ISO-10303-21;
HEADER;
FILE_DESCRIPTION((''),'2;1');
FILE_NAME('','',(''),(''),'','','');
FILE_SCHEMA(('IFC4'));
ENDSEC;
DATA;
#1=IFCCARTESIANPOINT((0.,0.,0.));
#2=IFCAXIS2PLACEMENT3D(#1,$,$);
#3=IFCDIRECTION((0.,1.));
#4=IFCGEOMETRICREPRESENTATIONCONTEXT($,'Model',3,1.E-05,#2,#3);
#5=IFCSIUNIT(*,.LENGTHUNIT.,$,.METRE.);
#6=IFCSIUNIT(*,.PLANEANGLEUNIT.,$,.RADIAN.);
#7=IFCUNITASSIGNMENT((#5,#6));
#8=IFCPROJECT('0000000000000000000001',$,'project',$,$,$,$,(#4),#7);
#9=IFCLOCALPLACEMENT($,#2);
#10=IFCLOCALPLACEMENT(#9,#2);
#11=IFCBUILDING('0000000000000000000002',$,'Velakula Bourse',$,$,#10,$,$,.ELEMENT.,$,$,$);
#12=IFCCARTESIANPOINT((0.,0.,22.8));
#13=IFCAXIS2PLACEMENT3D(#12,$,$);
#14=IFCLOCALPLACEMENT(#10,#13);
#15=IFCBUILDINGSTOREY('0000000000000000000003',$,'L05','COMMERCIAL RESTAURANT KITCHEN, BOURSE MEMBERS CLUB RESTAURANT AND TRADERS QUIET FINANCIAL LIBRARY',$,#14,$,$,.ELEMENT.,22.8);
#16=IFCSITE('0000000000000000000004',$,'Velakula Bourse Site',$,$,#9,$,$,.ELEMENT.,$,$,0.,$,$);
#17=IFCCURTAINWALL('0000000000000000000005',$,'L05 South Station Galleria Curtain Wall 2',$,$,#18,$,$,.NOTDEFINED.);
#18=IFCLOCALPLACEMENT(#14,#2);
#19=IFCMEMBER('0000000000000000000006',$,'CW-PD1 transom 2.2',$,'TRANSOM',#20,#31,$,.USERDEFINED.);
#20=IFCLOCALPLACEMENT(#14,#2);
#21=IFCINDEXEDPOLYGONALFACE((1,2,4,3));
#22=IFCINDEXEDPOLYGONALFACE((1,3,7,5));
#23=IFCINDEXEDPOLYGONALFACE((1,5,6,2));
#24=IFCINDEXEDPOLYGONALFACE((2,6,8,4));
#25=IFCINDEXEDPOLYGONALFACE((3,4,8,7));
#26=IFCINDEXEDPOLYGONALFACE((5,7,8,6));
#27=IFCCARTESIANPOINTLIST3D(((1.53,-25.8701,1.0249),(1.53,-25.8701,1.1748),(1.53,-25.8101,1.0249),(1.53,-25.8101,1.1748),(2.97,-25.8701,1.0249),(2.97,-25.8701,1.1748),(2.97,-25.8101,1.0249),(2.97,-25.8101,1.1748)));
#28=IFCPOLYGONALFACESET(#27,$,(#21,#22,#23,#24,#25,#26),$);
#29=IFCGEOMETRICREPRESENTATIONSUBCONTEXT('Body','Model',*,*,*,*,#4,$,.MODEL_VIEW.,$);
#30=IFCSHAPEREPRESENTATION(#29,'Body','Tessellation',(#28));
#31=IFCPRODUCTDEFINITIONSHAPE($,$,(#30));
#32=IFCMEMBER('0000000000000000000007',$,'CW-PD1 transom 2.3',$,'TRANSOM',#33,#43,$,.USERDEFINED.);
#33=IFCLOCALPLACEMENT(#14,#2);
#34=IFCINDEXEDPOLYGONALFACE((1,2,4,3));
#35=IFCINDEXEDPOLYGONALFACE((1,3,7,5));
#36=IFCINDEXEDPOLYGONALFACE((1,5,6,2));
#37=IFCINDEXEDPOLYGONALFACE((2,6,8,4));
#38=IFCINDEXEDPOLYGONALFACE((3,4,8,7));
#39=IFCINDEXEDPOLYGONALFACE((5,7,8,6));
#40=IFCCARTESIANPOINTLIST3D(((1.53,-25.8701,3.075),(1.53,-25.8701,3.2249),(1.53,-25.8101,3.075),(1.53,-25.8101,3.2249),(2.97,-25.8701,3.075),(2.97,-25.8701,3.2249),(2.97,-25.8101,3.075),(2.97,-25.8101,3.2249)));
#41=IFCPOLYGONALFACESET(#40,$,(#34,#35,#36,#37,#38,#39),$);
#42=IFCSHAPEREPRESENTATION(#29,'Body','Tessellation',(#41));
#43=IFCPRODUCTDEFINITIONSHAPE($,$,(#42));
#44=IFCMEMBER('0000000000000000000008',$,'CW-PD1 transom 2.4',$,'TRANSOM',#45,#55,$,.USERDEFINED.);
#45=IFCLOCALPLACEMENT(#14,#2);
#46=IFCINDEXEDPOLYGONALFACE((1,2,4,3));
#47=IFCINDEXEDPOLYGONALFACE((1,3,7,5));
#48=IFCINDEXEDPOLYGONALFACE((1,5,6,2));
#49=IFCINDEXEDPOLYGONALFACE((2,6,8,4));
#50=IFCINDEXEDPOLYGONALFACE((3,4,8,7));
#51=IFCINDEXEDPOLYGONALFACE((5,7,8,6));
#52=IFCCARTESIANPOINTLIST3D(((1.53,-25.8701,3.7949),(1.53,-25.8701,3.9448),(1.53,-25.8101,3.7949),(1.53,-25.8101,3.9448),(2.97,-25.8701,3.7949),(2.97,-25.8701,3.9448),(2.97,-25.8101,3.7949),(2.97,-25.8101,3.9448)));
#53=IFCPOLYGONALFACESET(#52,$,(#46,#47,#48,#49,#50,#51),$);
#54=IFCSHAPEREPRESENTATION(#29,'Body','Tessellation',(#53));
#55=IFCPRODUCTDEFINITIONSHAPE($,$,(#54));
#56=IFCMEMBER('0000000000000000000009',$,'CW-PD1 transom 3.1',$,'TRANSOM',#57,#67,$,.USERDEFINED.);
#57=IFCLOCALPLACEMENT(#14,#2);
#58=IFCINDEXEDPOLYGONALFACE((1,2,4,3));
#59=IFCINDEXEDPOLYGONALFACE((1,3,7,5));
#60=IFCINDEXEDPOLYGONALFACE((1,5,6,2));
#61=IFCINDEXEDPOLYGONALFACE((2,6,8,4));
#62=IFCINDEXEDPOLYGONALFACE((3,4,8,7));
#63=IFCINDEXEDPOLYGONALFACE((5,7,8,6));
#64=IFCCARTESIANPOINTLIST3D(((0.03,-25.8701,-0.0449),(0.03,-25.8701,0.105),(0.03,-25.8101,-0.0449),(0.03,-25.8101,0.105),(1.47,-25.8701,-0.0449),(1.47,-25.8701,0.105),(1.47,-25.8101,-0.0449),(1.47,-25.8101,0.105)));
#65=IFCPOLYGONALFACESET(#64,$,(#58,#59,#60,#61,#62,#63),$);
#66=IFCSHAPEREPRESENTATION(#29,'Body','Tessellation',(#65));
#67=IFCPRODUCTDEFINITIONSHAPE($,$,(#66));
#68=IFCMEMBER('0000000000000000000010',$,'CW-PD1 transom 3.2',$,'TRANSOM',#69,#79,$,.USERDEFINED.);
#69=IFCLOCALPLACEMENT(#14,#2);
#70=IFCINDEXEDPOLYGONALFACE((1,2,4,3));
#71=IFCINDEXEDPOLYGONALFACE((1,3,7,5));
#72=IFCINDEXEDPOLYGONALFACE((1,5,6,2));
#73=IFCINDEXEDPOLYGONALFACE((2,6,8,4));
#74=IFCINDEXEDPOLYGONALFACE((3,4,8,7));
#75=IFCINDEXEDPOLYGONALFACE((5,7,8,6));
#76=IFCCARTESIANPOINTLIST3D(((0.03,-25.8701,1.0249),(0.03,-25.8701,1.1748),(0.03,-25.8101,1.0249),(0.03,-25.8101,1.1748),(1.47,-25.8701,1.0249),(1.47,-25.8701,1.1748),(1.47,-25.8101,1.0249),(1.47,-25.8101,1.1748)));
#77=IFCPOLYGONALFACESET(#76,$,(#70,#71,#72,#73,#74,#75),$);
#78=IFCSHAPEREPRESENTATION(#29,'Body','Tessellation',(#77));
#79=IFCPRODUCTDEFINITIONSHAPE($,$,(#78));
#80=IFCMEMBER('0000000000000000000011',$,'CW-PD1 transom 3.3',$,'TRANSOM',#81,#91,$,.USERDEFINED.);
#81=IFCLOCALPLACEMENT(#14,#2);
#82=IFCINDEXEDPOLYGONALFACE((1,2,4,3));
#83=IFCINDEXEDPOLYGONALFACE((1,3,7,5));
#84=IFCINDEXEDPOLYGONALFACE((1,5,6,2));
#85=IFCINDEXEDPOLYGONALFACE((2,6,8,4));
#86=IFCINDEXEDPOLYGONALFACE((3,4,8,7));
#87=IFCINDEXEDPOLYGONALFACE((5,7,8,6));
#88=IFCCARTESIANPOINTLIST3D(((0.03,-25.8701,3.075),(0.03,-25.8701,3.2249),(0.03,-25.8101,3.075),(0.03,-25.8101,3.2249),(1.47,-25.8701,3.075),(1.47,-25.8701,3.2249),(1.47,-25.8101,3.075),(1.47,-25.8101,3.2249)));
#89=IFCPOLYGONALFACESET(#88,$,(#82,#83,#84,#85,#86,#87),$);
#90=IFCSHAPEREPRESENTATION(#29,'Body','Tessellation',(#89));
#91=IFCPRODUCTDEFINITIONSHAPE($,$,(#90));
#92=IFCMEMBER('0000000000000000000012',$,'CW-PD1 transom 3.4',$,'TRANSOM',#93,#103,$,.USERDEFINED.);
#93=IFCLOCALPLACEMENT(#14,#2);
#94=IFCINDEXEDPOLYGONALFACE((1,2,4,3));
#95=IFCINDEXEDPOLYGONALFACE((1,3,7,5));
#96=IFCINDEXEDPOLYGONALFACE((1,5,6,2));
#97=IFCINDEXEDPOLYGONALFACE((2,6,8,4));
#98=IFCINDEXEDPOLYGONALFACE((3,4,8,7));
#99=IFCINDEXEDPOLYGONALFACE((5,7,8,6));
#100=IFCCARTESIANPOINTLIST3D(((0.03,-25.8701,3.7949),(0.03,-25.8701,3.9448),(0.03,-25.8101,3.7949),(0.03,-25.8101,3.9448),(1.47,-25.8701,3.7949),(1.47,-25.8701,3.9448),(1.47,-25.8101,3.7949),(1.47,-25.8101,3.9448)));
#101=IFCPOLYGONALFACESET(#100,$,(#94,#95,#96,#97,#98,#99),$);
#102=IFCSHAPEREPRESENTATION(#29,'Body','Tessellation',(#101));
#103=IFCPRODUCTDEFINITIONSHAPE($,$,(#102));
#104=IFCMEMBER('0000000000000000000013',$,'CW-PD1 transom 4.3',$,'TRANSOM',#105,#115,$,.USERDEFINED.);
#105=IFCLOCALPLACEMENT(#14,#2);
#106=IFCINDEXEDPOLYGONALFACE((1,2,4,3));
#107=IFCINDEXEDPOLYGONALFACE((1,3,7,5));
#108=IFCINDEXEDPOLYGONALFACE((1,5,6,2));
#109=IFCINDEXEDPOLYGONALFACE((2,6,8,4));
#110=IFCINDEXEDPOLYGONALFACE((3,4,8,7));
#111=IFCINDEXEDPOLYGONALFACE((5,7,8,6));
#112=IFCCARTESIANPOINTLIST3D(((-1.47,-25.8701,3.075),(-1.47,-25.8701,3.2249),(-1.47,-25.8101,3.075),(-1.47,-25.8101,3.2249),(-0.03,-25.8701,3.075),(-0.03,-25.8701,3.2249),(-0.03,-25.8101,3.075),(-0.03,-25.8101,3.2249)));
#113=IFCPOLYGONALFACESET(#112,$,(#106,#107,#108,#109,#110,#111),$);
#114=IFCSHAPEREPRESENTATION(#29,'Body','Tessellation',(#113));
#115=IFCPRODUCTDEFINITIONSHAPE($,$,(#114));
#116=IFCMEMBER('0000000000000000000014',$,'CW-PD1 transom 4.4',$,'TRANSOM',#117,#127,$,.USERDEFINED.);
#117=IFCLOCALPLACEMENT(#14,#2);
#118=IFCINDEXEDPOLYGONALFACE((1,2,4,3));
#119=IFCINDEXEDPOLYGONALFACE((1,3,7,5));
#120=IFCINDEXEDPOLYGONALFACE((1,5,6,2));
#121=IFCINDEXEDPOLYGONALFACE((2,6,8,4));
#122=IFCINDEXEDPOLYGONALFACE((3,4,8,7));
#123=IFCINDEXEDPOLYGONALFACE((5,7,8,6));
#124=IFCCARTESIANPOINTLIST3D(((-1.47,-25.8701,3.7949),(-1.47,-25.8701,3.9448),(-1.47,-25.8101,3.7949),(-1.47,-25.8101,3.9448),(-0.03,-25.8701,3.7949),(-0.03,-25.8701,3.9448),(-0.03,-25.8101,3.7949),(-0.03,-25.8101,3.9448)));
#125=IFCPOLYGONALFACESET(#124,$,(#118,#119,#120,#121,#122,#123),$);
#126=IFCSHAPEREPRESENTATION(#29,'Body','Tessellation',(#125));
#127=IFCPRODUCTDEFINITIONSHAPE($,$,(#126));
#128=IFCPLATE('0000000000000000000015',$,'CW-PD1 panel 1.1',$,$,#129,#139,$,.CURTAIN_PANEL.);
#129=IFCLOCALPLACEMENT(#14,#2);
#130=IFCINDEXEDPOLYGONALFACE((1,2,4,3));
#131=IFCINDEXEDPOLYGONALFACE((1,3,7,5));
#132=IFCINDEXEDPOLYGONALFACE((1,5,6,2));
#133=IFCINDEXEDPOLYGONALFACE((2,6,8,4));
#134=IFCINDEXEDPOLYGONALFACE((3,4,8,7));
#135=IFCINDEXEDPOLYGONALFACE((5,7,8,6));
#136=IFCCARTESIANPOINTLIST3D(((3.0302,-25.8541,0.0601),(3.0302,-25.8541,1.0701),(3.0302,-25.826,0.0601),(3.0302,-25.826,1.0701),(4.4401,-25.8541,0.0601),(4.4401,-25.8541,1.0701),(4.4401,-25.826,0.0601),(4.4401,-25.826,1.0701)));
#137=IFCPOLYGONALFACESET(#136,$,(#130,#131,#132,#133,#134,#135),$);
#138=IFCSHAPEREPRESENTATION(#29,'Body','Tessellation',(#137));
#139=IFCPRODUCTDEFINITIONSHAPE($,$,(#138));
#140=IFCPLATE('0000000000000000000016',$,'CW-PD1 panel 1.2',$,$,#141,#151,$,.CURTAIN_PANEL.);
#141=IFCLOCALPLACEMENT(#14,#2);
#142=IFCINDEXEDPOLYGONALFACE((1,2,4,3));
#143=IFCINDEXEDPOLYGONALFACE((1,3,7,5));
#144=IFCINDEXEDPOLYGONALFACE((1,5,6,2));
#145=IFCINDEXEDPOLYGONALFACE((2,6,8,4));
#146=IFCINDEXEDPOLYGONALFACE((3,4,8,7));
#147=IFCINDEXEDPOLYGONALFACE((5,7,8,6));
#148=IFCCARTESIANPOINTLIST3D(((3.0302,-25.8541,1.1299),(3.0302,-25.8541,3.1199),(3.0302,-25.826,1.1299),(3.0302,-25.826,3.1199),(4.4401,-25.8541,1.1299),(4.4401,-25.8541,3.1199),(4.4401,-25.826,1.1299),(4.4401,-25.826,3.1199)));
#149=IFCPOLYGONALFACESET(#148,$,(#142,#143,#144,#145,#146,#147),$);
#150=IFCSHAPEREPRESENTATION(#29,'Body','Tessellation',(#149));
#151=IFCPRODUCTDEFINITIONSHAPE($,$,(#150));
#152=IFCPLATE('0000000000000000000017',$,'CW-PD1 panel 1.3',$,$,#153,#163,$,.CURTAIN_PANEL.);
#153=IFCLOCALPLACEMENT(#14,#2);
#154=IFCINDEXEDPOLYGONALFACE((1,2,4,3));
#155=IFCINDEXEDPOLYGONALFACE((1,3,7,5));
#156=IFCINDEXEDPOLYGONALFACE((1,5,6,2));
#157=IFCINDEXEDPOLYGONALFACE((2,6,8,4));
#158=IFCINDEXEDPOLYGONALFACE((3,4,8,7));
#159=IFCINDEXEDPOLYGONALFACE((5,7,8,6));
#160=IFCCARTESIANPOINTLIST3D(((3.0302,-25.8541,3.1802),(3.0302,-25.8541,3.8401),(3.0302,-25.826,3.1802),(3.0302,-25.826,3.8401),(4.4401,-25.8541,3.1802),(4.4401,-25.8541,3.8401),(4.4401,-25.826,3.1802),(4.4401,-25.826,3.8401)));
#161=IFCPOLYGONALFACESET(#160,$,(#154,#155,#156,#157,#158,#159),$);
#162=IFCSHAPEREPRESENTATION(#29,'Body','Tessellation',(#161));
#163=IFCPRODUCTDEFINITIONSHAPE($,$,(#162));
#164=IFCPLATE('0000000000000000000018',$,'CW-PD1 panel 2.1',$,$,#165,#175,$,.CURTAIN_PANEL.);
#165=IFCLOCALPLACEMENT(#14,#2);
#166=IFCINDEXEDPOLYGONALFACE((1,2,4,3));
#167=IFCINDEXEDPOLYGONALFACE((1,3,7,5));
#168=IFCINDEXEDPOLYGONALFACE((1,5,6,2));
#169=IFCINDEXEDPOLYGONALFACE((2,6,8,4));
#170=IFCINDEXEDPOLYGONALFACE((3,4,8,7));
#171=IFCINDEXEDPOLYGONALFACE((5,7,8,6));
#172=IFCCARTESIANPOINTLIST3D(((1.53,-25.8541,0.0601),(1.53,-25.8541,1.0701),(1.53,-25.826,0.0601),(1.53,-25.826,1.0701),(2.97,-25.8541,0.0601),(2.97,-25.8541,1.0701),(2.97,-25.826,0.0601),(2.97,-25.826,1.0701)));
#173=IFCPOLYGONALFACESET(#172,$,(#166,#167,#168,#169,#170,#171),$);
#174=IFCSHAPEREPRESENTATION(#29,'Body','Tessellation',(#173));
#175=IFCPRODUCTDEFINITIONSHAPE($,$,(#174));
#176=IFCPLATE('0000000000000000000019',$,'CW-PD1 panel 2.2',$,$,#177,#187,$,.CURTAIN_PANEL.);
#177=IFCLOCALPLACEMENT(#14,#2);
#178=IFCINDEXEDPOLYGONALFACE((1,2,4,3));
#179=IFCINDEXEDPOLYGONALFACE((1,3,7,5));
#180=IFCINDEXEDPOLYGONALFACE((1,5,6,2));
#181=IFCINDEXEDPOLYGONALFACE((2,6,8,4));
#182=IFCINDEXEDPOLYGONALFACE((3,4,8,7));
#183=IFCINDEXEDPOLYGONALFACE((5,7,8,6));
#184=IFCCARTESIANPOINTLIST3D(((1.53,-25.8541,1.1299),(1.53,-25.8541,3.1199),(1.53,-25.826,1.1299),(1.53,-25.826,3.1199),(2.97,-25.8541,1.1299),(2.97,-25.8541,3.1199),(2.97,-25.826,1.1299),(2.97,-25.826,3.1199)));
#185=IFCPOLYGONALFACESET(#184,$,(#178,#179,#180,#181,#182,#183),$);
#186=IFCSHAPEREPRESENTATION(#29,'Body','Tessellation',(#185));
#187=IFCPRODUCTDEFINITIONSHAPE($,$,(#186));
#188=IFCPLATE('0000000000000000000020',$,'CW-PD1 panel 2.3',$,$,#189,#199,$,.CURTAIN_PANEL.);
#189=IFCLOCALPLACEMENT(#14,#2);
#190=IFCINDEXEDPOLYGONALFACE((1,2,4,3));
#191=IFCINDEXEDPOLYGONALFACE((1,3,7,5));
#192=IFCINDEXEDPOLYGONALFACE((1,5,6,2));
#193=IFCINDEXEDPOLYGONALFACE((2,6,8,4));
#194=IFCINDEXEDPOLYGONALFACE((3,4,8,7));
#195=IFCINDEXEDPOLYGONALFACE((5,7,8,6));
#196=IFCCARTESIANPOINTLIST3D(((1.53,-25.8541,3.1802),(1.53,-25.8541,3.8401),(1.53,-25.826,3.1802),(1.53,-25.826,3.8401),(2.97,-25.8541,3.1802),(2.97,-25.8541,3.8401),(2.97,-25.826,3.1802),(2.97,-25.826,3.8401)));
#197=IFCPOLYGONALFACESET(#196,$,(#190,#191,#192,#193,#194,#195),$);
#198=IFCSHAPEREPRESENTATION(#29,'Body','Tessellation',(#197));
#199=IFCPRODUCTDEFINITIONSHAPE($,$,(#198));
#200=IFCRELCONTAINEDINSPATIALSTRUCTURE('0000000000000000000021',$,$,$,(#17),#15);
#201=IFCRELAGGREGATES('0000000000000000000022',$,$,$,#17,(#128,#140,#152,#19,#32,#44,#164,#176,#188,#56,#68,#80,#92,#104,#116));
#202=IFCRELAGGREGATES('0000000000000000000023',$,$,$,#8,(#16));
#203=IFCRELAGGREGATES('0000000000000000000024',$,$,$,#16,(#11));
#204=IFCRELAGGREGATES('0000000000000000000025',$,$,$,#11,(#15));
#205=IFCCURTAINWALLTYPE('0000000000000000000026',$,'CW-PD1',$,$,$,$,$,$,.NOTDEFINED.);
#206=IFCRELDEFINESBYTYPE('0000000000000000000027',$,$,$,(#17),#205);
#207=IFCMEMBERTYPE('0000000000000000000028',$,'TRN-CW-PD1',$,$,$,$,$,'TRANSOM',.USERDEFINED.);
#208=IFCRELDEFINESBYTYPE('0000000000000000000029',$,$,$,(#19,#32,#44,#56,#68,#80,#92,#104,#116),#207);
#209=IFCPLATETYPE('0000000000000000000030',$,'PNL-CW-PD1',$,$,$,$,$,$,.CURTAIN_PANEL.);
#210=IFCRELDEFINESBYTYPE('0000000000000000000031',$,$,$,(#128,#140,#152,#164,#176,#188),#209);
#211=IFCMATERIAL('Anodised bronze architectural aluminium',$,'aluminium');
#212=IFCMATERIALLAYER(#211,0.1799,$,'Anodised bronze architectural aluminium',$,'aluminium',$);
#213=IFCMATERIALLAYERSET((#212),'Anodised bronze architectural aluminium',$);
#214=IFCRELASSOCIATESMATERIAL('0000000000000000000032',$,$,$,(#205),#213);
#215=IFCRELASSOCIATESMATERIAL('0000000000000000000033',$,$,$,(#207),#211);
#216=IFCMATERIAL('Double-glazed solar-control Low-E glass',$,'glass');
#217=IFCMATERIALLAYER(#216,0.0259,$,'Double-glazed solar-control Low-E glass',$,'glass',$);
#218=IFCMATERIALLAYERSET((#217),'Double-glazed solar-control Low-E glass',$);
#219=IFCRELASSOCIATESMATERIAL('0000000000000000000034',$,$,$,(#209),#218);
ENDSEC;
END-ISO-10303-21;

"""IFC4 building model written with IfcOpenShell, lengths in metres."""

from ifc_helpers import new_model, si_unit, direction, frame, origin, origin_2d, place, context, subcontext, project, spatial, rectangle, extrude, material, layer, layer_set, material_profile, profile_set, type_object, element, aggregate, save


model = new_model("IFC4")

# Units and contexts
model_context = context("Model", 3, precision=1e-05, world=origin(), true_north=direction((0.0, 1.0)))
body_context = subcontext(model_context, "Body", "Model", "MODEL_VIEW")
ifc_project = project(units=[si_unit("LENGTHUNIT", "METRE"), si_unit("PLANEANGLEUNIT", "RADIAN")], contexts=[model_context])

# Site, building, storey
site_placement = place(None, origin())
site = spatial("IfcSite", under=ifc_project, at=site_placement, Name="Velakula Bourse Site", CompositionType="ELEMENT", RefElevation=0.0)
building_placement = place(site_placement, origin())
building = spatial("IfcBuilding", under=site, at=building_placement, Name="Velakula Bourse", CompositionType="ELEMENT")
storey_placement = place(building_placement, frame((0.0, 0.0, 22.8)))
storey = spatial("IfcBuildingStorey", under=building, at=storey_placement, Name="L05", Description="COMMERCIAL RESTAURANT KITCHEN, BOURSE MEMBERS CLUB RESTAURANT AND TRADERS QUIET FINANCIAL LIBRARY", CompositionType="ELEMENT", Elevation=22.8)

# Curtain wall, members, plates
ifc_material_1 = material(Name="Anodised bronze architectural aluminium", Category="aluminium")
ifc_layer_1 = layer(ifc_material_1, 0.1799, Name="Anodised bronze architectural aluminium", Category="aluminium")
ifc_layer_set_1 = layer_set([ifc_layer_1], Name="Anodised bronze architectural aluminium")
curtain_wall_type = type_object("IfcCurtainWallType", Name="CW-PD1", PredefinedType="NOTDEFINED", material=ifc_layer_set_1)
curtain_wall_placement = place(storey_placement, origin())
curtain_wall = element("IfcCurtainWall", 1, at=curtain_wall_placement, inside=storey, type_object=curtain_wall_type, Name="L05 South Station Galleria Curtain Wall 2", PredefinedType="NOTDEFINED")
ifc_material_profile_1 = material_profile(ifc_material_1, rectangle(XDim=0.0601, YDim=0.1499, at=origin_2d()), Name="Anodised bronze architectural aluminium")
ifc_profile_set_1 = profile_set([ifc_material_profile_1], Name="Anodised bronze architectural aluminium")
member_type_1 = type_object("IfcMemberType", Name="TRN-CW-PD1", ElementType="TRANSOM", PredefinedType="USERDEFINED", material=ifc_profile_set_1)
member_1_placement = place(storey_placement, frame((2.97, -25.8401, 1.0999), z_axis=(-1.0, 0.0, 0.0), x_axis=(0.0, -1.0, 0.0)))
member_1 = element("IfcMember", 2, at=member_1_placement, type_object=member_type_1, Name="CW-PD1 transom 2.2", ObjectType="TRANSOM", PredefinedType="USERDEFINED", context=body_context, shape_type="SweptSolid", body=[
    extrude(rectangle(XDim=0.0601, YDim=0.1499, at=origin_2d()), origin(), (0.0, 0.0, 1.0), 1.4399),
])
member_2_placement = place(storey_placement, frame((2.97, -25.8401, 3.1499), z_axis=(-1.0, 0.0, 0.0), x_axis=(0.0, -1.0, 0.0)))
member_2 = element("IfcMember", 3, at=member_2_placement, type_object=member_type_1, Name="CW-PD1 transom 2.3", ObjectType="TRANSOM", PredefinedType="USERDEFINED", context=body_context, shape_type="SweptSolid", body=[
    extrude(rectangle(XDim=0.0601, YDim=0.1499, at=origin_2d()), origin(), (0.0, 0.0, 1.0), 1.4399),
])
member_3_placement = place(storey_placement, frame((2.97, -25.8401, 3.8699), z_axis=(-1.0, 0.0, 0.0), x_axis=(0.0, -1.0, 0.0)))
member_3 = element("IfcMember", 4, at=member_3_placement, type_object=member_type_1, Name="CW-PD1 transom 2.4", ObjectType="TRANSOM", PredefinedType="USERDEFINED", context=body_context, shape_type="SweptSolid", body=[
    extrude(rectangle(XDim=0.0601, YDim=0.1499, at=origin_2d()), origin(), (0.0, 0.0, 1.0), 1.4399),
])
member_4_placement = place(storey_placement, frame((1.47, -25.8401, 0.03), z_axis=(-1.0, 0.0, 0.0), x_axis=(0.0, -1.0, 0.0)))
member_4 = element("IfcMember", 5, at=member_4_placement, type_object=member_type_1, Name="CW-PD1 transom 3.1", ObjectType="TRANSOM", PredefinedType="USERDEFINED", context=body_context, shape_type="SweptSolid", body=[
    extrude(rectangle(XDim=0.0601, YDim=0.1499, at=origin_2d()), origin(), (0.0, 0.0, 1.0), 1.4399),
])
member_5_placement = place(storey_placement, frame((1.47, -25.8401, 1.0999), z_axis=(-1.0, 0.0, 0.0), x_axis=(0.0, -1.0, 0.0)))
member_5 = element("IfcMember", 6, at=member_5_placement, type_object=member_type_1, Name="CW-PD1 transom 3.2", ObjectType="TRANSOM", PredefinedType="USERDEFINED", context=body_context, shape_type="SweptSolid", body=[
    extrude(rectangle(XDim=0.0601, YDim=0.1499, at=origin_2d()), origin(), (0.0, 0.0, 1.0), 1.4399),
])
member_6_placement = place(storey_placement, frame((1.47, -25.8401, 3.1499), z_axis=(-1.0, 0.0, 0.0), x_axis=(0.0, -1.0, 0.0)))
member_6 = element("IfcMember", 7, at=member_6_placement, type_object=member_type_1, Name="CW-PD1 transom 3.3", ObjectType="TRANSOM", PredefinedType="USERDEFINED", context=body_context, shape_type="SweptSolid", body=[
    extrude(rectangle(XDim=0.0601, YDim=0.1499, at=origin_2d()), origin(), (0.0, 0.0, 1.0), 1.4399),
])
member_7_placement = place(storey_placement, frame((1.47, -25.8401, 3.8699), z_axis=(-1.0, 0.0, 0.0), x_axis=(0.0, -1.0, 0.0)))
member_7 = element("IfcMember", 8, at=member_7_placement, type_object=member_type_1, Name="CW-PD1 transom 3.4", ObjectType="TRANSOM", PredefinedType="USERDEFINED", context=body_context, shape_type="SweptSolid", body=[
    extrude(rectangle(XDim=0.0601, YDim=0.1499, at=origin_2d()), origin(), (0.0, 0.0, 1.0), 1.4399),
])
member_8_placement = place(storey_placement, frame((-0.03, -25.8401, 3.1499), z_axis=(-1.0, 0.0, 0.0), x_axis=(0.0, -1.0, 0.0)))
member_8 = element("IfcMember", 9, at=member_8_placement, type_object=member_type_1, Name="CW-PD1 transom 4.3", ObjectType="TRANSOM", PredefinedType="USERDEFINED", context=body_context, shape_type="SweptSolid", body=[
    extrude(rectangle(XDim=0.0601, YDim=0.1499, at=origin_2d()), origin(), (0.0, 0.0, 1.0), 1.4399),
])
member_9_placement = place(storey_placement, frame((-0.03, -25.8401, 3.8699), z_axis=(-1.0, 0.0, 0.0), x_axis=(0.0, -1.0, 0.0)))
member_9 = element("IfcMember", 10, at=member_9_placement, type_object=member_type_1, Name="CW-PD1 transom 4.4", ObjectType="TRANSOM", PredefinedType="USERDEFINED", context=body_context, shape_type="SweptSolid", body=[
    extrude(rectangle(XDim=0.0601, YDim=0.1499, at=origin_2d()), origin(), (0.0, 0.0, 1.0), 1.4399),
])
ifc_material_2 = material(Name="Double-glazed solar-control Low-E glass", Category="glass")
ifc_layer_2 = layer(ifc_material_2, 0.0259, Name="Double-glazed solar-control Low-E glass", Category="glass")
ifc_layer_set_2 = layer_set([ifc_layer_2], Name="Double-glazed solar-control Low-E glass")
plate_type = type_object("IfcPlateType", Name="PNL-CW-PD1", PredefinedType="CURTAIN_PANEL", material=ifc_layer_set_2)
plate_1_placement = place(storey_placement, frame((3.7351, -25.8401, 0.0601), z_axis=(0.0, 0.0, 1.0), x_axis=(-1.0, 0.0, 0.0)))
plate_1 = element("IfcPlate", 11, at=plate_1_placement, type_object=plate_type, Name="CW-PD1 panel 1.1", PredefinedType="CURTAIN_PANEL", context=body_context, shape_type="SweptSolid", body=[
    extrude(rectangle(XDim=1.4099, YDim=0.0281, at=origin_2d()), origin(), (0.0, 0.0, 1.0), 1.01),
])
plate_2_placement = place(storey_placement, frame((3.7351, -25.8401, 1.1299), z_axis=(0.0, 0.0, 1.0), x_axis=(-1.0, 0.0, 0.0)))
plate_2 = element("IfcPlate", 12, at=plate_2_placement, type_object=plate_type, Name="CW-PD1 panel 1.2", PredefinedType="CURTAIN_PANEL", context=body_context, shape_type="SweptSolid", body=[
    extrude(rectangle(XDim=1.4099, YDim=0.0281, at=origin_2d()), origin(), (0.0, 0.0, 1.0), 1.99),
])
plate_3_placement = place(storey_placement, frame((3.7351, -25.8401, 3.1802), z_axis=(0.0, 0.0, 1.0), x_axis=(-1.0, 0.0, 0.0)))
plate_3 = element("IfcPlate", 13, at=plate_3_placement, type_object=plate_type, Name="CW-PD1 panel 1.3", PredefinedType="CURTAIN_PANEL", context=body_context, shape_type="SweptSolid", body=[
    extrude(rectangle(XDim=1.4099, YDim=0.0281, at=origin_2d()), origin(), (0.0, 0.0, 1.0), 0.6599),
])
plate_4_placement = place(storey_placement, frame((2.25, -25.8401, 0.0601), z_axis=(0.0, 0.0, 1.0), x_axis=(-1.0, 0.0, 0.0)))
plate_4 = element("IfcPlate", 14, at=plate_4_placement, type_object=plate_type, Name="CW-PD1 panel 2.1", PredefinedType="CURTAIN_PANEL", context=body_context, shape_type="SweptSolid", body=[
    extrude(rectangle(XDim=1.4399, YDim=0.0281, at=origin_2d()), origin(), (0.0, 0.0, 1.0), 1.01),
])
plate_5_placement = place(storey_placement, frame((2.25, -25.8401, 1.1299), z_axis=(0.0, 0.0, 1.0), x_axis=(-1.0, 0.0, 0.0)))
plate_5 = element("IfcPlate", 15, at=plate_5_placement, type_object=plate_type, Name="CW-PD1 panel 2.2", PredefinedType="CURTAIN_PANEL", context=body_context, shape_type="SweptSolid", body=[
    extrude(rectangle(XDim=1.4399, YDim=0.0281, at=origin_2d()), origin(), (0.0, 0.0, 1.0), 1.99),
])
plate_6_placement = place(storey_placement, frame((2.25, -25.8401, 3.1802), z_axis=(0.0, 0.0, 1.0), x_axis=(-1.0, 0.0, 0.0)))
plate_6 = element("IfcPlate", 16, at=plate_6_placement, type_object=plate_type, Name="CW-PD1 panel 2.3", PredefinedType="CURTAIN_PANEL", context=body_context, shape_type="SweptSolid", body=[
    extrude(rectangle(XDim=1.4399, YDim=0.0281, at=origin_2d()), origin(), (0.0, 0.0, 1.0), 0.6599),
])
aggregate(curtain_wall, [plate_1, plate_2, plate_3, member_1, member_2, member_3, plate_4, plate_5, plate_6, member_4, member_5, member_6, member_7, member_8, member_9])

save(model, "model.ifc")
